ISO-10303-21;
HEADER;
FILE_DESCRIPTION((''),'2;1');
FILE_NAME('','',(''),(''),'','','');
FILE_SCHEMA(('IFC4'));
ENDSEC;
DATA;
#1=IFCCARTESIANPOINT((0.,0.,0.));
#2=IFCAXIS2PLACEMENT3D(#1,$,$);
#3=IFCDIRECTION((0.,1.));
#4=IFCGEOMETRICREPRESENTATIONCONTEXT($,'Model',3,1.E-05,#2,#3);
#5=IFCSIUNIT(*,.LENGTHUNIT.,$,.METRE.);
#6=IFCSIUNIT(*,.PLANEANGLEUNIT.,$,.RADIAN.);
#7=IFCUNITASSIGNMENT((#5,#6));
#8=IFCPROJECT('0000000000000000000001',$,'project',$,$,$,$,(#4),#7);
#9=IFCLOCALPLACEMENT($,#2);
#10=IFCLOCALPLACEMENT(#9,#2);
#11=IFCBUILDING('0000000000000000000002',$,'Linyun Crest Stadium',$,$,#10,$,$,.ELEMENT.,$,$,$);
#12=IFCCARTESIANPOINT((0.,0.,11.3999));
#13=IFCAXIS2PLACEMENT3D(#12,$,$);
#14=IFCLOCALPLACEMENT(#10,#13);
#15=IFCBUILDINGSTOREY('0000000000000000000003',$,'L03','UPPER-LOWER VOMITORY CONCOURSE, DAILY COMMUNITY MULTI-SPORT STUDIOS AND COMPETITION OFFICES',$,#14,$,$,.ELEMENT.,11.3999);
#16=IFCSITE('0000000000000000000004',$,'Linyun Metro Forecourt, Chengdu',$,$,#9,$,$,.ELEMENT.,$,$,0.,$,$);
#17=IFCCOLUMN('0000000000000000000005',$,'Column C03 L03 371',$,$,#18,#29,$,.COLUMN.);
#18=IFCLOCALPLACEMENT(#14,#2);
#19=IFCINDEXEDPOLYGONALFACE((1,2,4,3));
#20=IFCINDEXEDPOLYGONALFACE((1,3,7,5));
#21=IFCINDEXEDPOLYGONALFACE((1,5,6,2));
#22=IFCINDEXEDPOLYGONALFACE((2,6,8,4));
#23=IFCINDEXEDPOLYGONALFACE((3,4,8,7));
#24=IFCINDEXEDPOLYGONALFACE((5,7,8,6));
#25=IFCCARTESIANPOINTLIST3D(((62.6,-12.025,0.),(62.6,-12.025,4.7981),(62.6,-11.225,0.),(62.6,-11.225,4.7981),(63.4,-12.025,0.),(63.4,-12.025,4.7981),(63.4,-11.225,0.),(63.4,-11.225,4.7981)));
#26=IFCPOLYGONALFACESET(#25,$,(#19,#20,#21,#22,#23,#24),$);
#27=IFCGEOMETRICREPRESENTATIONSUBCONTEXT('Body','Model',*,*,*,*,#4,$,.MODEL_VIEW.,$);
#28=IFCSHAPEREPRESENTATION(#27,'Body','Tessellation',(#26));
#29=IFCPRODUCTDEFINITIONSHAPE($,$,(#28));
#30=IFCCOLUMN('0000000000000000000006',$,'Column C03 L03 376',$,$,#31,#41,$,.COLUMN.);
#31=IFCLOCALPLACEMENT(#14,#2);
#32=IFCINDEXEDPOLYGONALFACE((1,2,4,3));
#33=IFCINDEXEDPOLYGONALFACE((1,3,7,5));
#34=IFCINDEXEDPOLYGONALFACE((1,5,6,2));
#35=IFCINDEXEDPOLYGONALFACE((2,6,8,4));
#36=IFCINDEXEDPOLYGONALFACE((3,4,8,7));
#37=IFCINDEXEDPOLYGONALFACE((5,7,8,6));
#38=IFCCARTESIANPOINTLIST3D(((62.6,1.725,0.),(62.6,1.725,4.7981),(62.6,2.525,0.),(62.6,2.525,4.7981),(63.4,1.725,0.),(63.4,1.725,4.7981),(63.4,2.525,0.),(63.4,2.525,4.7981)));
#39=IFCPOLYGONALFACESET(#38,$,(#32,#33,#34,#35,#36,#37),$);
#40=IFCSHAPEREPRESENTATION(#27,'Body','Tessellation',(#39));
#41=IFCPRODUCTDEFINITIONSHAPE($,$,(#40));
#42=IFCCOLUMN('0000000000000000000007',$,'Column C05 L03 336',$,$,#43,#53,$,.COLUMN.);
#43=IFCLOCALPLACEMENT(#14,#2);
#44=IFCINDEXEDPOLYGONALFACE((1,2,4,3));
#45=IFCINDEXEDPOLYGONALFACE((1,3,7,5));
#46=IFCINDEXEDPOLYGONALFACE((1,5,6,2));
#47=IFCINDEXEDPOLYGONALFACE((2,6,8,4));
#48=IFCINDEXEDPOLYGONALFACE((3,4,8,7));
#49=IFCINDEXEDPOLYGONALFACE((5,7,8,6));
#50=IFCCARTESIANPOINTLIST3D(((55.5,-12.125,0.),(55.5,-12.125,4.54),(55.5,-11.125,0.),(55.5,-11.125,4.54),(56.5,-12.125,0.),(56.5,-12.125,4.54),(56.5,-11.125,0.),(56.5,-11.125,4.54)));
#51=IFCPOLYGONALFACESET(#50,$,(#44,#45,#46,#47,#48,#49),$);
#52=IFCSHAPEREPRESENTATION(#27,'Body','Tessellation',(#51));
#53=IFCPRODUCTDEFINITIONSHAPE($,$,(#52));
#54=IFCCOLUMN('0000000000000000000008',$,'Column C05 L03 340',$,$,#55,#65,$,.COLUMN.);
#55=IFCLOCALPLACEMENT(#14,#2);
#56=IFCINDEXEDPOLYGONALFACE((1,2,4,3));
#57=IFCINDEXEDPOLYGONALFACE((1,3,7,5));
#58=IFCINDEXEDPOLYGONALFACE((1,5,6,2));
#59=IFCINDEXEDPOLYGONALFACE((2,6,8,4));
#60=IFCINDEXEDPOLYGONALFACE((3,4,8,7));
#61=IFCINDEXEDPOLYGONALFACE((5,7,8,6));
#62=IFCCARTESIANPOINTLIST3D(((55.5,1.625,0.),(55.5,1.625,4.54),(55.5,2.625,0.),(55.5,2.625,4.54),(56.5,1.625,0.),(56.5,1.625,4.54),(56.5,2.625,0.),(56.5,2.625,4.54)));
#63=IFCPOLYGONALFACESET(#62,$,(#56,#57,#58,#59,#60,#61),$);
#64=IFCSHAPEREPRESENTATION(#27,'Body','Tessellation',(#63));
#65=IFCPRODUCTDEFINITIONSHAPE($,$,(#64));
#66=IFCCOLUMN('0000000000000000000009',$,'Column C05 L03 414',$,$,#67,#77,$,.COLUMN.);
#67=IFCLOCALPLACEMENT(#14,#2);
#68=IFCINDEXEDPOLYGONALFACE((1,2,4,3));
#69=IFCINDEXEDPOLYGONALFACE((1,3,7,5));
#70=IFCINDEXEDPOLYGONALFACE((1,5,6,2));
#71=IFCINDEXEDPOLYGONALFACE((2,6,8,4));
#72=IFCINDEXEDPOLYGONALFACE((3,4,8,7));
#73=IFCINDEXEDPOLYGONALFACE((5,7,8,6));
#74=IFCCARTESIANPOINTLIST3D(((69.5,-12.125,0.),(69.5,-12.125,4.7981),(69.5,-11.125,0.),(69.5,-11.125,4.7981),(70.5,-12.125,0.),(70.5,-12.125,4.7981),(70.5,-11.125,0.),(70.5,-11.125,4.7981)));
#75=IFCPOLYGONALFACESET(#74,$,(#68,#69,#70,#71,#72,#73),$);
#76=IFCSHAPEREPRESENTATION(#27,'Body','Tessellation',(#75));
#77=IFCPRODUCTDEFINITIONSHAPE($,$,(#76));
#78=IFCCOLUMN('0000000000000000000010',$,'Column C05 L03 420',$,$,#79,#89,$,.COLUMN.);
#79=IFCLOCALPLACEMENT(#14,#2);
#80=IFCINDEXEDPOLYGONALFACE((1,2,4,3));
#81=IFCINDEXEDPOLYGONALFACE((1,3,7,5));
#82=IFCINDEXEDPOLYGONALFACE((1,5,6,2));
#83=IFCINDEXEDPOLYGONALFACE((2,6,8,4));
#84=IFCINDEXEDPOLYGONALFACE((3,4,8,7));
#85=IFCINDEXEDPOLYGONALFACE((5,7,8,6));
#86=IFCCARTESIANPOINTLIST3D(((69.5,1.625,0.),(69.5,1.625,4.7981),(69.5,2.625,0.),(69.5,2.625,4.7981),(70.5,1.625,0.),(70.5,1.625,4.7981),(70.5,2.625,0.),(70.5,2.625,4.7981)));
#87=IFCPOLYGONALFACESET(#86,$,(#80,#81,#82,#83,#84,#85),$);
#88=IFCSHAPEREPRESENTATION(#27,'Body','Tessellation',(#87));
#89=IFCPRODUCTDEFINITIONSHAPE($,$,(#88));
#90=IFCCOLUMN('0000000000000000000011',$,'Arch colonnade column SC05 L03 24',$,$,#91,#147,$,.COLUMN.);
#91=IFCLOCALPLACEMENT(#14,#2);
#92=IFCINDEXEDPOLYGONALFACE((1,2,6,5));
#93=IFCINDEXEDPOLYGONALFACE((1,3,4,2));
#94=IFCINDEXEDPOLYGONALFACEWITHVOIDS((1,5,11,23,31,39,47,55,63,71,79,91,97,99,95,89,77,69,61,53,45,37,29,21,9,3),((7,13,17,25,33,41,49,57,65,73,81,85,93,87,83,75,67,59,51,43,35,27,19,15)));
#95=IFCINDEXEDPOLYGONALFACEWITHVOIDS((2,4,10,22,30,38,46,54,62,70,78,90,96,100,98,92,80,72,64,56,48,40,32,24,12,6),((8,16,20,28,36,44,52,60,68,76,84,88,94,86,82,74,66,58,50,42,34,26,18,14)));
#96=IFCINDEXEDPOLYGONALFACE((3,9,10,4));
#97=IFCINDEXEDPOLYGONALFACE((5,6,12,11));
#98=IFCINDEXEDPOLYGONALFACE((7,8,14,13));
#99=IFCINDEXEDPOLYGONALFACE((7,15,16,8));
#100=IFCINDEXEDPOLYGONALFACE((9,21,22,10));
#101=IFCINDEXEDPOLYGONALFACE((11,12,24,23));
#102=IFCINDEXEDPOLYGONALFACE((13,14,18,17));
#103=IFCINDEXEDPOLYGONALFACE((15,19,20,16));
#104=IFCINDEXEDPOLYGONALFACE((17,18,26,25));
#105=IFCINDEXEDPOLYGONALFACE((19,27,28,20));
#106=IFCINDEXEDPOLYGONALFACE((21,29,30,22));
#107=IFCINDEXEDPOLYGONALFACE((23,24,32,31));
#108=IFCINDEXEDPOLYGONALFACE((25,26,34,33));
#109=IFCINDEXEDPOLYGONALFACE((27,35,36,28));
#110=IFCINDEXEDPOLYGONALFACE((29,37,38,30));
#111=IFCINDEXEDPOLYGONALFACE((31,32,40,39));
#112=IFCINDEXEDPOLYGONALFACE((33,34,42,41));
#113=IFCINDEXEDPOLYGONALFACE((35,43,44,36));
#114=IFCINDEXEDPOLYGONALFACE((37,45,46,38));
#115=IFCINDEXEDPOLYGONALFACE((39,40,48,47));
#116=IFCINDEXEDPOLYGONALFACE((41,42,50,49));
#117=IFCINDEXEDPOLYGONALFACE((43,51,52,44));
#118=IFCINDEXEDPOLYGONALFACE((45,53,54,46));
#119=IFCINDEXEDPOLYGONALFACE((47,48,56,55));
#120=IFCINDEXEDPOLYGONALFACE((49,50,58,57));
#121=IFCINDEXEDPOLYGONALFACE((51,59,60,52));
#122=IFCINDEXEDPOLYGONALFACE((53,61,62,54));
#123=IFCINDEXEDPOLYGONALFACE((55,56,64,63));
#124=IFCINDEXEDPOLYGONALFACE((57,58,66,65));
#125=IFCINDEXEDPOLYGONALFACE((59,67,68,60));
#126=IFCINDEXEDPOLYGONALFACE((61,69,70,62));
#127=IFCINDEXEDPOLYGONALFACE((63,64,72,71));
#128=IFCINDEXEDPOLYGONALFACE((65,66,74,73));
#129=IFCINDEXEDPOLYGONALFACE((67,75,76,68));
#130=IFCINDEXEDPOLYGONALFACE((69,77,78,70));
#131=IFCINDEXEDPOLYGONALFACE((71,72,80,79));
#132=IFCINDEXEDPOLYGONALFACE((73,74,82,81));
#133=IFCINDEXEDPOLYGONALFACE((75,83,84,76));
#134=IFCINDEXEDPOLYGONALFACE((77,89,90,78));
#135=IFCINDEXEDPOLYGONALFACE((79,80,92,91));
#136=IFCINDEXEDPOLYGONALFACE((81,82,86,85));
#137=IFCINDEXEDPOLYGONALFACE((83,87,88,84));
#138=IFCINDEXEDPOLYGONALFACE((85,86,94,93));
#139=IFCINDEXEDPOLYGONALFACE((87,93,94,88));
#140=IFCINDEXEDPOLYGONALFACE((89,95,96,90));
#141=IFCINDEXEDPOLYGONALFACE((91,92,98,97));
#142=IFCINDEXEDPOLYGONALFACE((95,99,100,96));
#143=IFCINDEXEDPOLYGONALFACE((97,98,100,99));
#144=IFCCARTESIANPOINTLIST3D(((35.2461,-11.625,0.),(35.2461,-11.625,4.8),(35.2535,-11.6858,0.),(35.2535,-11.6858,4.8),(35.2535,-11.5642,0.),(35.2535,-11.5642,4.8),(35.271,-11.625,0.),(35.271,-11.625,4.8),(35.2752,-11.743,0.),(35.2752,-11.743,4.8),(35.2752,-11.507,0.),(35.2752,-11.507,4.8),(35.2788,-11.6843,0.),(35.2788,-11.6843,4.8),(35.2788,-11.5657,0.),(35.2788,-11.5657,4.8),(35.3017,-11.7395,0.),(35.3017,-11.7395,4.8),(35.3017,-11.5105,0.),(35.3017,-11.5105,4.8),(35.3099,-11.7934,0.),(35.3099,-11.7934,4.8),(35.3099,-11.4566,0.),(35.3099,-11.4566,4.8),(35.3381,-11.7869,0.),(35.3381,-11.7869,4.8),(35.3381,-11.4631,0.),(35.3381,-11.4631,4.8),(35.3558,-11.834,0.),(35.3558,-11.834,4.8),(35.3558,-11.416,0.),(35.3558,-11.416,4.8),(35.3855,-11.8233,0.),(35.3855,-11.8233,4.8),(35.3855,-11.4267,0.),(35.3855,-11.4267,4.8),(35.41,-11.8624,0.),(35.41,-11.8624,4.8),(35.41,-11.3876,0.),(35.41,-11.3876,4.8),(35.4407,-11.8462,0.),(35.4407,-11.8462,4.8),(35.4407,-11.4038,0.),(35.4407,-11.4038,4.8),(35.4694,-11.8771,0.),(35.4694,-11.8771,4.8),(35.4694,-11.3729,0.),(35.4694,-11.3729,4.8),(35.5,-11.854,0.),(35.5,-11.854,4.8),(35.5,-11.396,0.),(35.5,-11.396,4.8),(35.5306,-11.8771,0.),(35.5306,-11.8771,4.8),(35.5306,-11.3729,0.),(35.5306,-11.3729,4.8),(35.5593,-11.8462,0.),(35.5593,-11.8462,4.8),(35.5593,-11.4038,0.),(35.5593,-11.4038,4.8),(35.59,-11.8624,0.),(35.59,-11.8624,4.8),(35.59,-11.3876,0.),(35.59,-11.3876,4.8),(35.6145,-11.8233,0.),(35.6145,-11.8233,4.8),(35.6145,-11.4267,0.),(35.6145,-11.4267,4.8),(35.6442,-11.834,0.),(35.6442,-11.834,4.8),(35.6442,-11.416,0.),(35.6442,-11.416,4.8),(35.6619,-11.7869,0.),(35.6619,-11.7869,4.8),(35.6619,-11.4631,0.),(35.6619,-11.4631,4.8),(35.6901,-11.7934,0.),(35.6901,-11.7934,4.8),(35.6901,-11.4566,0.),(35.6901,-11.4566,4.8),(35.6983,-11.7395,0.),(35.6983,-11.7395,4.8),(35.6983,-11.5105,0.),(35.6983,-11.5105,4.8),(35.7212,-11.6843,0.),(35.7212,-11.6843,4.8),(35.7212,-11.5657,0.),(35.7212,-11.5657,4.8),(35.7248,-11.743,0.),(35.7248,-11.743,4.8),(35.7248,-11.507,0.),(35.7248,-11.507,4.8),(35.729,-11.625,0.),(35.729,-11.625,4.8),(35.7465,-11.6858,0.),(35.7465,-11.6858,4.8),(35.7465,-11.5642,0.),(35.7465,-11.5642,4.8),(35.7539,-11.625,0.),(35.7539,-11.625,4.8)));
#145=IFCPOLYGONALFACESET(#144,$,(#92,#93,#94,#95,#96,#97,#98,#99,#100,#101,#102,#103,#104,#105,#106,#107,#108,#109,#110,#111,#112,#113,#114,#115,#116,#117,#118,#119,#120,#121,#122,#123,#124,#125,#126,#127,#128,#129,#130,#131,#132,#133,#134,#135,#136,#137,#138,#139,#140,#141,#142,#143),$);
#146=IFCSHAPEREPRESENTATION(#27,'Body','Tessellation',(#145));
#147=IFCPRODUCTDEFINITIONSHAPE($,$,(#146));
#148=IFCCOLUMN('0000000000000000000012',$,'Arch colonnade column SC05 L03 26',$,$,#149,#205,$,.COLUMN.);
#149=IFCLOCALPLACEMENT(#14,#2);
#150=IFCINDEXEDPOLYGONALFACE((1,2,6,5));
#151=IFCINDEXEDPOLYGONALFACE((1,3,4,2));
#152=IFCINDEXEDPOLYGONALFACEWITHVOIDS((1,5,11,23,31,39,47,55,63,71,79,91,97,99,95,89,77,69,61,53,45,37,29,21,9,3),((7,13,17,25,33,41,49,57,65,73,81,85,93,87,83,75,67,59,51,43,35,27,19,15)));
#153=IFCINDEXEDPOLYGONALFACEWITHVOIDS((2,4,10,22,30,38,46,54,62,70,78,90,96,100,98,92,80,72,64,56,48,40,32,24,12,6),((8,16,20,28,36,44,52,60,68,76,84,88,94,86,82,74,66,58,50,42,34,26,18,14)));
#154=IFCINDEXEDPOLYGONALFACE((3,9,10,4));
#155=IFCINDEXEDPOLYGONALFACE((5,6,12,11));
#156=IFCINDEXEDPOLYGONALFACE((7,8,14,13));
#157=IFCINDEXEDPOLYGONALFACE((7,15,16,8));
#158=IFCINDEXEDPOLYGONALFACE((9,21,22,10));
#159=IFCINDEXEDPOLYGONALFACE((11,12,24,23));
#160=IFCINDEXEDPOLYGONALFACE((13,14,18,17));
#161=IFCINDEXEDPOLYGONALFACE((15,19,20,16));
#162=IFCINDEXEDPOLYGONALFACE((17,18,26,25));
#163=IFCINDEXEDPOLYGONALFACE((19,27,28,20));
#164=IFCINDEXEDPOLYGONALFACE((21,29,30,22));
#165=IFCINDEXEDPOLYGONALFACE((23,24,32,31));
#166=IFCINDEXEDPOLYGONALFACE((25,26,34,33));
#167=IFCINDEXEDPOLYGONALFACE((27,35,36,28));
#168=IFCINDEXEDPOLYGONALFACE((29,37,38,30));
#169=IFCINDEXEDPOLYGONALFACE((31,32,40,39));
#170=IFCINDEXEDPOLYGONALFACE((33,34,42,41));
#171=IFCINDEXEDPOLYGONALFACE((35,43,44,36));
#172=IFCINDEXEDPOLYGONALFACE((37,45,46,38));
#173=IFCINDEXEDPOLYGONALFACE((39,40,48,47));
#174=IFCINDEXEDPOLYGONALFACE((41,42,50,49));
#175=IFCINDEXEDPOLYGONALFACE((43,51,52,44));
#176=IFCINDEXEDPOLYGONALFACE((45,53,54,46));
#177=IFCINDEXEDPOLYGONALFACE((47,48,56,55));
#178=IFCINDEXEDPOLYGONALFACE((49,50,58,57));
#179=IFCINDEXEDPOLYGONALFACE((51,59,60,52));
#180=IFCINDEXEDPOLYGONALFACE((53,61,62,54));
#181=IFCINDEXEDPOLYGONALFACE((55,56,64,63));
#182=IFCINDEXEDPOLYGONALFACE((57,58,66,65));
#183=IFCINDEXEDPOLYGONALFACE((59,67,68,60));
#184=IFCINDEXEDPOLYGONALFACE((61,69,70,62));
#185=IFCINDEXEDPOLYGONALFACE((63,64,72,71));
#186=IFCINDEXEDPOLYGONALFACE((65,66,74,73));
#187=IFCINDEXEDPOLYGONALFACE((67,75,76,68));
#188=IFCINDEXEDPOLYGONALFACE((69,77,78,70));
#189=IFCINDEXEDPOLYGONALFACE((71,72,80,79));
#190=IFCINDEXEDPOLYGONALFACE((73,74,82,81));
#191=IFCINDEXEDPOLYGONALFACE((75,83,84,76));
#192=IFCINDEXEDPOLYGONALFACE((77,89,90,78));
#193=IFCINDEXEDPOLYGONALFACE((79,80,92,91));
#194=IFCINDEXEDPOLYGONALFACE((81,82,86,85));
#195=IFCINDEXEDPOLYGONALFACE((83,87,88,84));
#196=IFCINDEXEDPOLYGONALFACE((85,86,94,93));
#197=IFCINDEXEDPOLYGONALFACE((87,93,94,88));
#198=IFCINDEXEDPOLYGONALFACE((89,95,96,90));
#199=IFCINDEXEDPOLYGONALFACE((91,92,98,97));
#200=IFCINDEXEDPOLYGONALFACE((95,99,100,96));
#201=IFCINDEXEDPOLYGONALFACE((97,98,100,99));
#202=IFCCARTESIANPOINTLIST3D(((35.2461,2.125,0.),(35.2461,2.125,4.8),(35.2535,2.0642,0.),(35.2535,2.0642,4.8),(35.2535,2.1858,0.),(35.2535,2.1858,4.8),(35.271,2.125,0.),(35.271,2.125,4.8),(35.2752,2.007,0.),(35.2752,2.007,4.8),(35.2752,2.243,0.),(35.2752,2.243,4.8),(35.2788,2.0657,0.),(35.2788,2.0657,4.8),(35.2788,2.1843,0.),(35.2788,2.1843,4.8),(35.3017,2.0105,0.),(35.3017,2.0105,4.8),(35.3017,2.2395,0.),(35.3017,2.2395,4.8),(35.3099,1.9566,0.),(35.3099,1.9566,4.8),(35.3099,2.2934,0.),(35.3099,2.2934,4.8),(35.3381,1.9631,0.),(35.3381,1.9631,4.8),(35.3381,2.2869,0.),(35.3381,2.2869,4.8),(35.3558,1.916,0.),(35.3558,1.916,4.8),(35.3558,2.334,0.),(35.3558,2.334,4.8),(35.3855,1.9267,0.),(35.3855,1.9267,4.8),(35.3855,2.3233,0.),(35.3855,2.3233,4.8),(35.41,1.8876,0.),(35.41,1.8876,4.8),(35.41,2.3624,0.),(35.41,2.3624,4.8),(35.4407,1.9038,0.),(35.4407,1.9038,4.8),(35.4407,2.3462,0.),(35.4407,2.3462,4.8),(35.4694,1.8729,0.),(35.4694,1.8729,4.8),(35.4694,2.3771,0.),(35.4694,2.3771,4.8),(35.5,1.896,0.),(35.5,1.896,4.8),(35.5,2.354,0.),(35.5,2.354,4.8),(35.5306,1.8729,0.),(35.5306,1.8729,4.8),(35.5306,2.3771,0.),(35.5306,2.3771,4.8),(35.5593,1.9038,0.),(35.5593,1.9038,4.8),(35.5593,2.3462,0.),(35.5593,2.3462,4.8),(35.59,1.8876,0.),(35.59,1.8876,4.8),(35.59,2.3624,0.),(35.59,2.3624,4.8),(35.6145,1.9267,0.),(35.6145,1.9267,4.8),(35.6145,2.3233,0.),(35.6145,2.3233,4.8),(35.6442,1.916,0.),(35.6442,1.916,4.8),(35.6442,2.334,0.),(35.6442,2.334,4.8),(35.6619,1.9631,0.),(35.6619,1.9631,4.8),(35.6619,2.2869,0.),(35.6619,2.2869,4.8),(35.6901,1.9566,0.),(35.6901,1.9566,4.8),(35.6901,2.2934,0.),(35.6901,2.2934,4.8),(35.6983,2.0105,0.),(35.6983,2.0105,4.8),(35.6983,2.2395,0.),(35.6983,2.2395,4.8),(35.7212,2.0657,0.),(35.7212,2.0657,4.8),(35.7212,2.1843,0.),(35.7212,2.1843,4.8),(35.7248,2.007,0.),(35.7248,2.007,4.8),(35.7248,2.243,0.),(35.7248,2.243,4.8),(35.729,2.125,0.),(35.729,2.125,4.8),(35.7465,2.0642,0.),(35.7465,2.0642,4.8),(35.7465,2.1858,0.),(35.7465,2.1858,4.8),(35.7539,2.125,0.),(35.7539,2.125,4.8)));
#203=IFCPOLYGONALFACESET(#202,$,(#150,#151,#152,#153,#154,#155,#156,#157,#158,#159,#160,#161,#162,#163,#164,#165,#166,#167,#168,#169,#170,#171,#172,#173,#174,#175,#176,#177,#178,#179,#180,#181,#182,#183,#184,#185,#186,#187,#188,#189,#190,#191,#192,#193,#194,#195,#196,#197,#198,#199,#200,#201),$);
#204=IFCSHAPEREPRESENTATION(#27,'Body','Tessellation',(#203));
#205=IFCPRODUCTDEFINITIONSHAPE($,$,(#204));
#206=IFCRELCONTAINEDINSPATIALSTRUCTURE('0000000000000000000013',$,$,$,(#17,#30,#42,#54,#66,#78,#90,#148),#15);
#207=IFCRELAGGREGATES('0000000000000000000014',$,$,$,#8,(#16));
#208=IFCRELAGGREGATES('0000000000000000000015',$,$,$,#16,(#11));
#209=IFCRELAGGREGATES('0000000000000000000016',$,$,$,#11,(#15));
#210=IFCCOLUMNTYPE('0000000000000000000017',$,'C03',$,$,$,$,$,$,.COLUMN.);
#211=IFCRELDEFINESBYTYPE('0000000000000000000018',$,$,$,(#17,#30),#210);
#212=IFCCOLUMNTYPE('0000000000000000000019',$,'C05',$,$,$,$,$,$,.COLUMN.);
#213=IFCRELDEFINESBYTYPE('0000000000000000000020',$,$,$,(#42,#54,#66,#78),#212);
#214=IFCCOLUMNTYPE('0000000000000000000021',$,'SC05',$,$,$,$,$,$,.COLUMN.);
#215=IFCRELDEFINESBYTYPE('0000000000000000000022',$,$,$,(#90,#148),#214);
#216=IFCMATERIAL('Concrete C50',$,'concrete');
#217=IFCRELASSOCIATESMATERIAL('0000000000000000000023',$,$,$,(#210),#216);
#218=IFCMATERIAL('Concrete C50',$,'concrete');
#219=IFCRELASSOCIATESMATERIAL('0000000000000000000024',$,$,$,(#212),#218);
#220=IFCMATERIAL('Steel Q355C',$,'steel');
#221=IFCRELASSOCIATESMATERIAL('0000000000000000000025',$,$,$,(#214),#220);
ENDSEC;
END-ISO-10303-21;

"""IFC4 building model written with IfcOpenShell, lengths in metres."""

from ifc_helpers import new_model, si_unit, direction, frame, origin, origin_2d, place, context, subcontext, project, spatial, rectangle, hollow_circle, extrude, material, material_profile, profile_set, type_object, element, save


model = new_model("IFC4")

# Units and contexts
model_context = context("Model", 3, precision=1e-05, world=origin(), true_north=direction((0.0, 1.0)))
body_context = subcontext(model_context, "Body", "Model", "MODEL_VIEW")
ifc_project = project(units=[si_unit("LENGTHUNIT", "METRE"), si_unit("PLANEANGLEUNIT", "RADIAN")], contexts=[model_context])

# Site, building, storey
site_placement = place(None, origin())
site = spatial("IfcSite", under=ifc_project, at=site_placement, Name="Linyun Metro Forecourt, Chengdu", CompositionType="ELEMENT", RefElevation=0.0)
building_placement = place(site_placement, origin())
building = spatial("IfcBuilding", under=site, at=building_placement, Name="Linyun Crest Stadium", CompositionType="ELEMENT")
storey_placement = place(building_placement, frame((0.0, 0.0, 11.3999)))
storey = spatial("IfcBuildingStorey", under=building, at=storey_placement, Name="L03", Description="UPPER-LOWER VOMITORY CONCOURSE, DAILY COMMUNITY MULTI-SPORT STUDIOS AND COMPETITION OFFICES", CompositionType="ELEMENT", Elevation=11.3999)

# Columns
ifc_material_1 = material(Name="Concrete C50", Category="concrete")
ifc_material_profile_1 = material_profile(ifc_material_1, rectangle(XDim=0.8, YDim=0.8, at=origin_2d()), Name="RC 800x800")
ifc_profile_set_1 = profile_set([ifc_material_profile_1], Name="Concrete C50")
column_type_1 = type_object("IfcColumnType", Name="C03", PredefinedType="COLUMN", material=ifc_profile_set_1)
for number, where, z_axis, x_axis, name in (
    (1, (63.0, -11.625, 0.0), (0.0, 0.0, 1.0), (1.0, 0.0, 0.0), "Column C03 L03 371"),
    (2, (63.0, 2.125, 0.0), (0.0, 0.0, 1.0), (1.0, 0.0, 0.0), "Column C03 L03 376"),
):
    element("IfcColumn", number, at=place(storey_placement, frame(where, z_axis=z_axis, x_axis=x_axis)), inside=storey, type_object=column_type_1, Name=name, PredefinedType="COLUMN", context=body_context, shape_type="SweptSolid", body=[
        extrude(rectangle(XDim=0.8, YDim=0.8, at=origin_2d()), origin(), (0.0, 0.0, 1.0), 4.7981),
    ])
ifc_material_2 = material(Name="Concrete C50", Category="concrete")
ifc_material_profile_2 = material_profile(ifc_material_2, rectangle(XDim=1.0, YDim=1.0, at=origin_2d()), Name="RC 1000x1000")
ifc_profile_set_2 = profile_set([ifc_material_profile_2], Name="Concrete C50")
column_type_2 = type_object("IfcColumnType", Name="C05", PredefinedType="COLUMN", material=ifc_profile_set_2)
for number, where, z_axis, x_axis, name in (
    (3, (56.0, -11.625, 0.0), (0.0, 0.0, 1.0), (1.0, 0.0, 0.0), "Column C05 L03 336"),
    (4, (56.0, 2.125, 0.0), (0.0, 0.0, 1.0), (1.0, 0.0, 0.0), "Column C05 L03 340"),
):
    element("IfcColumn", number, at=place(storey_placement, frame(where, z_axis=z_axis, x_axis=x_axis)), inside=storey, type_object=column_type_2, Name=name, PredefinedType="COLUMN", context=body_context, shape_type="SweptSolid", body=[
        extrude(rectangle(XDim=1.0, YDim=1.0, at=origin_2d()), origin(), (0.0, 0.0, 1.0), 4.54),
    ])
for number, where, z_axis, x_axis, name in (
    (5, (70.0, -11.625, 0.0), (0.0, 0.0, 1.0), (1.0, 0.0, 0.0), "Column C05 L03 414"),
    (6, (70.0, 2.125, 0.0), (0.0, 0.0, 1.0), (1.0, 0.0, 0.0), "Column C05 L03 420"),
):
    element("IfcColumn", number, at=place(storey_placement, frame(where, z_axis=z_axis, x_axis=x_axis)), inside=storey, type_object=column_type_2, Name=name, PredefinedType="COLUMN", context=body_context, shape_type="SweptSolid", body=[
        extrude(rectangle(XDim=1.0, YDim=1.0, at=origin_2d()), origin(), (0.0, 0.0, 1.0), 4.7981),
    ])
ifc_material_3 = material(Name="Steel Q355C", Category="steel")
ifc_material_profile_3 = material_profile(ifc_material_3, hollow_circle(Radius=0.2539, WallThickness=0.0249, at=origin_2d()), Name="CHS 508x25")
ifc_profile_set_3 = profile_set([ifc_material_profile_3], Name="Steel Q355C")
column_type_3 = type_object("IfcColumnType", Name="SC05", PredefinedType="COLUMN", material=ifc_profile_set_3)
for number, where, z_axis, x_axis, name in (
    (7, (35.5, -11.625, 0.0), (0.0, 0.0, 1.0), (1.0, 0.0, 0.0), "Arch colonnade column SC05 L03 24"),
    (8, (35.5, 2.125, 0.0), (0.0, 0.0, 1.0), (1.0, 0.0, 0.0), "Arch colonnade column SC05 L03 26"),
):
    element("IfcColumn", number, at=place(storey_placement, frame(where, z_axis=z_axis, x_axis=x_axis)), inside=storey, type_object=column_type_3, Name=name, PredefinedType="COLUMN", context=body_context, shape_type="SweptSolid", body=[
        extrude(hollow_circle(Radius=0.2539, WallThickness=0.0249, at=origin_2d()), origin(), (0.0, 0.0, 1.0), 4.8),
    ])

save(model, "model.ifc")
